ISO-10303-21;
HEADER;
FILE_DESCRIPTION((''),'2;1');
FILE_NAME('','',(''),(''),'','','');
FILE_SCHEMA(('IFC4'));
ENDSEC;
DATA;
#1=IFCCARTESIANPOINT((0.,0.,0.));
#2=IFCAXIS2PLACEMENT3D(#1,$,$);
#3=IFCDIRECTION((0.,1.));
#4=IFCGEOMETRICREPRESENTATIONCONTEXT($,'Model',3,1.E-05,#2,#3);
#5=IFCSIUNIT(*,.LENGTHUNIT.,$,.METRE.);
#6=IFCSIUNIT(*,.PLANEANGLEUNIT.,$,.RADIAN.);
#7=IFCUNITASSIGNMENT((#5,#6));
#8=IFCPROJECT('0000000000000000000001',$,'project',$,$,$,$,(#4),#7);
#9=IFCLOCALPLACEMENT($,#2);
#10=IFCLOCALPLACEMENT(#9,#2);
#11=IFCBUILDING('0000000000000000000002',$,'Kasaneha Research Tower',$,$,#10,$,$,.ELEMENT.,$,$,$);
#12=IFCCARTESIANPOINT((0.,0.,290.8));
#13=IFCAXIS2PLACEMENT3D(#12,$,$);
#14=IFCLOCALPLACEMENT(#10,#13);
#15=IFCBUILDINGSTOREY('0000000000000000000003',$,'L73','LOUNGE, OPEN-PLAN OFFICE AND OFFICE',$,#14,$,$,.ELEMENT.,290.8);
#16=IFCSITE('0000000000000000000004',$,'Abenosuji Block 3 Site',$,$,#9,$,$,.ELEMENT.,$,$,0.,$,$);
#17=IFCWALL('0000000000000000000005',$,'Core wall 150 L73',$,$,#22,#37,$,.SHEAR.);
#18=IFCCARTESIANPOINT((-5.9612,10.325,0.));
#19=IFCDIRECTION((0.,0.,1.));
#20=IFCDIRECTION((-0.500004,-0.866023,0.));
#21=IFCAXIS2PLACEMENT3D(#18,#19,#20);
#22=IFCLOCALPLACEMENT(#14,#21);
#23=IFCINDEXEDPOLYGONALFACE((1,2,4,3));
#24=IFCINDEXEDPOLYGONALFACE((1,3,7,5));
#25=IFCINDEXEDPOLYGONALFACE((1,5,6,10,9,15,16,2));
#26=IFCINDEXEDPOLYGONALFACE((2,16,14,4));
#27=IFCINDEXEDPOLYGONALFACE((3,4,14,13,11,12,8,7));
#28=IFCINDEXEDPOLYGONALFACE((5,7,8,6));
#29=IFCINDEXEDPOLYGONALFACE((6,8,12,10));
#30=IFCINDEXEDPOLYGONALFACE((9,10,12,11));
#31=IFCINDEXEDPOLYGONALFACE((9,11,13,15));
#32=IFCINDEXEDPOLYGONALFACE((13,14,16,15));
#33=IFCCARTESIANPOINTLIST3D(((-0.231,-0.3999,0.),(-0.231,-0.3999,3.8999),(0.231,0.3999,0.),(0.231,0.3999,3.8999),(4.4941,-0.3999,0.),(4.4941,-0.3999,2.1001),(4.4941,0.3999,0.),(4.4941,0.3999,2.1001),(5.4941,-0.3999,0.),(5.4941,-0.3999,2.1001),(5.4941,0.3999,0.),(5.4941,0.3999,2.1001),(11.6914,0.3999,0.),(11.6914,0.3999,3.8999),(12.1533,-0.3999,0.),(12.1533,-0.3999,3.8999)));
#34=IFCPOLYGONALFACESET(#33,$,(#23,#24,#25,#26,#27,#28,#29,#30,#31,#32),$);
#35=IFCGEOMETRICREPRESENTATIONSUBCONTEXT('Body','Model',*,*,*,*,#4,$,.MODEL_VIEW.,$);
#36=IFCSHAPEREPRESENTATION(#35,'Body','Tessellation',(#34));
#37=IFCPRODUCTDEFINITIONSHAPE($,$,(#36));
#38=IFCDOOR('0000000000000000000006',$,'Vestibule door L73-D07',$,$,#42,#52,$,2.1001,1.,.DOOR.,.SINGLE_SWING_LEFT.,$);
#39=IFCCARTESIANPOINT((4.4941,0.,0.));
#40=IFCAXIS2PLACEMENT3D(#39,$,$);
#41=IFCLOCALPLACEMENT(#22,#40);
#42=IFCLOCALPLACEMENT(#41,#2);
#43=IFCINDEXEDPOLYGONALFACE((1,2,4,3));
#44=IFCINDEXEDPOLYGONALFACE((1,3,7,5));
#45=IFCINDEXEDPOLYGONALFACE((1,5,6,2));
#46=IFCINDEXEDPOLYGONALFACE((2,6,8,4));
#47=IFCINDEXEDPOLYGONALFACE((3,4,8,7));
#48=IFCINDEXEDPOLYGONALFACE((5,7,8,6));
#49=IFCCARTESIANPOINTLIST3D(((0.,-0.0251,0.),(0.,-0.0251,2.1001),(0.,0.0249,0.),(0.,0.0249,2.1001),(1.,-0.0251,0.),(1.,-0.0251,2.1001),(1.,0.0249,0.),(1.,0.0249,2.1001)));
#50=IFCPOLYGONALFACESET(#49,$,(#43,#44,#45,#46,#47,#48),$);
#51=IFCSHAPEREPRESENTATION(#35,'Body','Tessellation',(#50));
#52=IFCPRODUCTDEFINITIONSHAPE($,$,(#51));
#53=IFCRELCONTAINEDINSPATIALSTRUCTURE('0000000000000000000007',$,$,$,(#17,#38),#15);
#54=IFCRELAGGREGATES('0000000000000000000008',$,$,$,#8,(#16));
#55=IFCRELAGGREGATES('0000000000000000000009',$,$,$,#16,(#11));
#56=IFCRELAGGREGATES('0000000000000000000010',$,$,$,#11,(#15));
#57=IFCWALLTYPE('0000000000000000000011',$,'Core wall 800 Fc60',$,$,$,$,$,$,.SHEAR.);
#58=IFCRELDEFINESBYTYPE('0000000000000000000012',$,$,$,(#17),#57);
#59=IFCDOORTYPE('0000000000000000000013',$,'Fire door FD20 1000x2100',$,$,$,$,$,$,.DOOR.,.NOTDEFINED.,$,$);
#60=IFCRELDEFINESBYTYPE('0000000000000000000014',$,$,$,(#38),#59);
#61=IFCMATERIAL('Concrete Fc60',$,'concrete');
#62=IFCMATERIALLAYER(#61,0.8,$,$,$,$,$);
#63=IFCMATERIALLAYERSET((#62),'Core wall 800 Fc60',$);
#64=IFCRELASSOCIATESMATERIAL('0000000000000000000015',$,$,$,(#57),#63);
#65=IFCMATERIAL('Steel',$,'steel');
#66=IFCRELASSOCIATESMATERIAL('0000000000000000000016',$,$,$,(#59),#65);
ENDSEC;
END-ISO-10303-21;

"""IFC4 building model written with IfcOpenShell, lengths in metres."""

from ifc_helpers import new_model, si_unit, direction, frame, frame_2d, origin, place, context, subcontext, project, spatial, polyline, rectangle, outline, extrude, material, layer, layer_set, type_object, element, fill, save


model = new_model("IFC4")

# Units and contexts
model_context = context("Model", 3, precision=1e-05, world=origin(), true_north=direction((0.0, 1.0)))
body_context = subcontext(model_context, "Body", "Model", "MODEL_VIEW")
ifc_project = project(units=[si_unit("LENGTHUNIT", "METRE"), si_unit("PLANEANGLEUNIT", "RADIAN")], contexts=[model_context])

# Site, building, storey
site_placement = place(None, origin())
site = spatial("IfcSite", under=ifc_project, at=site_placement, Name="Abenosuji Block 3 Site", CompositionType="ELEMENT", RefElevation=0.0)
building_placement = place(site_placement, origin())
building = spatial("IfcBuilding", under=site, at=building_placement, Name="Kasaneha Research Tower", CompositionType="ELEMENT")
storey_placement = place(building_placement, frame((0.0, 0.0, 290.8)))
storey = spatial("IfcBuildingStorey", under=building, at=storey_placement, Name="L73", Description="LOUNGE, OPEN-PLAN OFFICE AND OFFICE", CompositionType="ELEMENT", Elevation=290.8)

# Wall, opening, door
ifc_material_1 = material(Name="Concrete Fc60", Category="concrete")
ifc_layer_1 = layer(ifc_material_1, 0.8)
ifc_layer_set_1 = layer_set([ifc_layer_1], Name="Core wall 800 Fc60")
wall_type_1 = type_object("IfcWallType", Name="Core wall 800 Fc60", PredefinedType="SHEAR", material=ifc_layer_set_1)
wall_1_placement = place(storey_placement, frame((-5.9612, 10.325, 0.0), z_axis=(0.0, 0.0, 1.0), x_axis=(-0.500004, -0.866023, 0.0)))
wall_1 = element("IfcWall", 1, at=wall_1_placement, inside=storey, type_object=wall_type_1, Name="Core wall 150 L73", PredefinedType="SHEAR", context=body_context, shape_type="SweptSolid", body=[
    extrude(outline(polyline([(-0.231, -0.3999), (4.4941, -0.3999), (5.4941, -0.3999), (12.1533, -0.3999), (11.6914, 0.3999), (5.4941, 0.3999), (4.4941, 0.3999), (0.231, 0.3999), (-0.231, -0.3999)])), origin(), (0.0, 0.0, 1.0), 3.8999),
])
opening_1_placement = place(wall_1_placement, frame((4.4941, 0.0, 0.0)))
opening_1 = element("IfcOpeningElement", 2, at=opening_1_placement, cuts=wall_1, PredefinedType="OPENING", context=body_context, shape_type="SweptSolid", body=[
    extrude(rectangle(XDim=1.0, YDim=2.1001, at=frame_2d((0.5, 1.05))), frame((0.0, 0.4102, 0.0), z_axis=(0.0, -1.0, 0.0), x_axis=(1.0, 0.0, 0.0)), (0.0, 0.0, 1.0), 0.8201),
])
ifc_material_2 = material(Name="Steel", Category="steel")
door_type_1 = type_object("IfcDoorType", Name="Fire door FD20 1000x2100", OperationType="NOTDEFINED", PredefinedType="DOOR", material=ifc_material_2)
door_1_placement = place(opening_1_placement, origin())
door_1 = element("IfcDoor", 3, at=door_1_placement, inside=storey, type_object=door_type_1, Name="Vestibule door L73-D07", OperationType="SINGLE_SWING_LEFT", OverallHeight=2.1001, OverallWidth=1.0, PredefinedType="DOOR", context=body_context, shape_type="SweptSolid", body=[
    extrude(rectangle(XDim=1.0, YDim=2.1001, at=frame_2d((0.5, 1.05))), frame((0.0, 0.0249, 0.0), z_axis=(0.0, -1.0, 0.0), x_axis=(1.0, 0.0, 0.0)), (0.0, 0.0, 1.0), 0.05),
])
fill(opening_1, door_1)

save(model, "model.ifc")
